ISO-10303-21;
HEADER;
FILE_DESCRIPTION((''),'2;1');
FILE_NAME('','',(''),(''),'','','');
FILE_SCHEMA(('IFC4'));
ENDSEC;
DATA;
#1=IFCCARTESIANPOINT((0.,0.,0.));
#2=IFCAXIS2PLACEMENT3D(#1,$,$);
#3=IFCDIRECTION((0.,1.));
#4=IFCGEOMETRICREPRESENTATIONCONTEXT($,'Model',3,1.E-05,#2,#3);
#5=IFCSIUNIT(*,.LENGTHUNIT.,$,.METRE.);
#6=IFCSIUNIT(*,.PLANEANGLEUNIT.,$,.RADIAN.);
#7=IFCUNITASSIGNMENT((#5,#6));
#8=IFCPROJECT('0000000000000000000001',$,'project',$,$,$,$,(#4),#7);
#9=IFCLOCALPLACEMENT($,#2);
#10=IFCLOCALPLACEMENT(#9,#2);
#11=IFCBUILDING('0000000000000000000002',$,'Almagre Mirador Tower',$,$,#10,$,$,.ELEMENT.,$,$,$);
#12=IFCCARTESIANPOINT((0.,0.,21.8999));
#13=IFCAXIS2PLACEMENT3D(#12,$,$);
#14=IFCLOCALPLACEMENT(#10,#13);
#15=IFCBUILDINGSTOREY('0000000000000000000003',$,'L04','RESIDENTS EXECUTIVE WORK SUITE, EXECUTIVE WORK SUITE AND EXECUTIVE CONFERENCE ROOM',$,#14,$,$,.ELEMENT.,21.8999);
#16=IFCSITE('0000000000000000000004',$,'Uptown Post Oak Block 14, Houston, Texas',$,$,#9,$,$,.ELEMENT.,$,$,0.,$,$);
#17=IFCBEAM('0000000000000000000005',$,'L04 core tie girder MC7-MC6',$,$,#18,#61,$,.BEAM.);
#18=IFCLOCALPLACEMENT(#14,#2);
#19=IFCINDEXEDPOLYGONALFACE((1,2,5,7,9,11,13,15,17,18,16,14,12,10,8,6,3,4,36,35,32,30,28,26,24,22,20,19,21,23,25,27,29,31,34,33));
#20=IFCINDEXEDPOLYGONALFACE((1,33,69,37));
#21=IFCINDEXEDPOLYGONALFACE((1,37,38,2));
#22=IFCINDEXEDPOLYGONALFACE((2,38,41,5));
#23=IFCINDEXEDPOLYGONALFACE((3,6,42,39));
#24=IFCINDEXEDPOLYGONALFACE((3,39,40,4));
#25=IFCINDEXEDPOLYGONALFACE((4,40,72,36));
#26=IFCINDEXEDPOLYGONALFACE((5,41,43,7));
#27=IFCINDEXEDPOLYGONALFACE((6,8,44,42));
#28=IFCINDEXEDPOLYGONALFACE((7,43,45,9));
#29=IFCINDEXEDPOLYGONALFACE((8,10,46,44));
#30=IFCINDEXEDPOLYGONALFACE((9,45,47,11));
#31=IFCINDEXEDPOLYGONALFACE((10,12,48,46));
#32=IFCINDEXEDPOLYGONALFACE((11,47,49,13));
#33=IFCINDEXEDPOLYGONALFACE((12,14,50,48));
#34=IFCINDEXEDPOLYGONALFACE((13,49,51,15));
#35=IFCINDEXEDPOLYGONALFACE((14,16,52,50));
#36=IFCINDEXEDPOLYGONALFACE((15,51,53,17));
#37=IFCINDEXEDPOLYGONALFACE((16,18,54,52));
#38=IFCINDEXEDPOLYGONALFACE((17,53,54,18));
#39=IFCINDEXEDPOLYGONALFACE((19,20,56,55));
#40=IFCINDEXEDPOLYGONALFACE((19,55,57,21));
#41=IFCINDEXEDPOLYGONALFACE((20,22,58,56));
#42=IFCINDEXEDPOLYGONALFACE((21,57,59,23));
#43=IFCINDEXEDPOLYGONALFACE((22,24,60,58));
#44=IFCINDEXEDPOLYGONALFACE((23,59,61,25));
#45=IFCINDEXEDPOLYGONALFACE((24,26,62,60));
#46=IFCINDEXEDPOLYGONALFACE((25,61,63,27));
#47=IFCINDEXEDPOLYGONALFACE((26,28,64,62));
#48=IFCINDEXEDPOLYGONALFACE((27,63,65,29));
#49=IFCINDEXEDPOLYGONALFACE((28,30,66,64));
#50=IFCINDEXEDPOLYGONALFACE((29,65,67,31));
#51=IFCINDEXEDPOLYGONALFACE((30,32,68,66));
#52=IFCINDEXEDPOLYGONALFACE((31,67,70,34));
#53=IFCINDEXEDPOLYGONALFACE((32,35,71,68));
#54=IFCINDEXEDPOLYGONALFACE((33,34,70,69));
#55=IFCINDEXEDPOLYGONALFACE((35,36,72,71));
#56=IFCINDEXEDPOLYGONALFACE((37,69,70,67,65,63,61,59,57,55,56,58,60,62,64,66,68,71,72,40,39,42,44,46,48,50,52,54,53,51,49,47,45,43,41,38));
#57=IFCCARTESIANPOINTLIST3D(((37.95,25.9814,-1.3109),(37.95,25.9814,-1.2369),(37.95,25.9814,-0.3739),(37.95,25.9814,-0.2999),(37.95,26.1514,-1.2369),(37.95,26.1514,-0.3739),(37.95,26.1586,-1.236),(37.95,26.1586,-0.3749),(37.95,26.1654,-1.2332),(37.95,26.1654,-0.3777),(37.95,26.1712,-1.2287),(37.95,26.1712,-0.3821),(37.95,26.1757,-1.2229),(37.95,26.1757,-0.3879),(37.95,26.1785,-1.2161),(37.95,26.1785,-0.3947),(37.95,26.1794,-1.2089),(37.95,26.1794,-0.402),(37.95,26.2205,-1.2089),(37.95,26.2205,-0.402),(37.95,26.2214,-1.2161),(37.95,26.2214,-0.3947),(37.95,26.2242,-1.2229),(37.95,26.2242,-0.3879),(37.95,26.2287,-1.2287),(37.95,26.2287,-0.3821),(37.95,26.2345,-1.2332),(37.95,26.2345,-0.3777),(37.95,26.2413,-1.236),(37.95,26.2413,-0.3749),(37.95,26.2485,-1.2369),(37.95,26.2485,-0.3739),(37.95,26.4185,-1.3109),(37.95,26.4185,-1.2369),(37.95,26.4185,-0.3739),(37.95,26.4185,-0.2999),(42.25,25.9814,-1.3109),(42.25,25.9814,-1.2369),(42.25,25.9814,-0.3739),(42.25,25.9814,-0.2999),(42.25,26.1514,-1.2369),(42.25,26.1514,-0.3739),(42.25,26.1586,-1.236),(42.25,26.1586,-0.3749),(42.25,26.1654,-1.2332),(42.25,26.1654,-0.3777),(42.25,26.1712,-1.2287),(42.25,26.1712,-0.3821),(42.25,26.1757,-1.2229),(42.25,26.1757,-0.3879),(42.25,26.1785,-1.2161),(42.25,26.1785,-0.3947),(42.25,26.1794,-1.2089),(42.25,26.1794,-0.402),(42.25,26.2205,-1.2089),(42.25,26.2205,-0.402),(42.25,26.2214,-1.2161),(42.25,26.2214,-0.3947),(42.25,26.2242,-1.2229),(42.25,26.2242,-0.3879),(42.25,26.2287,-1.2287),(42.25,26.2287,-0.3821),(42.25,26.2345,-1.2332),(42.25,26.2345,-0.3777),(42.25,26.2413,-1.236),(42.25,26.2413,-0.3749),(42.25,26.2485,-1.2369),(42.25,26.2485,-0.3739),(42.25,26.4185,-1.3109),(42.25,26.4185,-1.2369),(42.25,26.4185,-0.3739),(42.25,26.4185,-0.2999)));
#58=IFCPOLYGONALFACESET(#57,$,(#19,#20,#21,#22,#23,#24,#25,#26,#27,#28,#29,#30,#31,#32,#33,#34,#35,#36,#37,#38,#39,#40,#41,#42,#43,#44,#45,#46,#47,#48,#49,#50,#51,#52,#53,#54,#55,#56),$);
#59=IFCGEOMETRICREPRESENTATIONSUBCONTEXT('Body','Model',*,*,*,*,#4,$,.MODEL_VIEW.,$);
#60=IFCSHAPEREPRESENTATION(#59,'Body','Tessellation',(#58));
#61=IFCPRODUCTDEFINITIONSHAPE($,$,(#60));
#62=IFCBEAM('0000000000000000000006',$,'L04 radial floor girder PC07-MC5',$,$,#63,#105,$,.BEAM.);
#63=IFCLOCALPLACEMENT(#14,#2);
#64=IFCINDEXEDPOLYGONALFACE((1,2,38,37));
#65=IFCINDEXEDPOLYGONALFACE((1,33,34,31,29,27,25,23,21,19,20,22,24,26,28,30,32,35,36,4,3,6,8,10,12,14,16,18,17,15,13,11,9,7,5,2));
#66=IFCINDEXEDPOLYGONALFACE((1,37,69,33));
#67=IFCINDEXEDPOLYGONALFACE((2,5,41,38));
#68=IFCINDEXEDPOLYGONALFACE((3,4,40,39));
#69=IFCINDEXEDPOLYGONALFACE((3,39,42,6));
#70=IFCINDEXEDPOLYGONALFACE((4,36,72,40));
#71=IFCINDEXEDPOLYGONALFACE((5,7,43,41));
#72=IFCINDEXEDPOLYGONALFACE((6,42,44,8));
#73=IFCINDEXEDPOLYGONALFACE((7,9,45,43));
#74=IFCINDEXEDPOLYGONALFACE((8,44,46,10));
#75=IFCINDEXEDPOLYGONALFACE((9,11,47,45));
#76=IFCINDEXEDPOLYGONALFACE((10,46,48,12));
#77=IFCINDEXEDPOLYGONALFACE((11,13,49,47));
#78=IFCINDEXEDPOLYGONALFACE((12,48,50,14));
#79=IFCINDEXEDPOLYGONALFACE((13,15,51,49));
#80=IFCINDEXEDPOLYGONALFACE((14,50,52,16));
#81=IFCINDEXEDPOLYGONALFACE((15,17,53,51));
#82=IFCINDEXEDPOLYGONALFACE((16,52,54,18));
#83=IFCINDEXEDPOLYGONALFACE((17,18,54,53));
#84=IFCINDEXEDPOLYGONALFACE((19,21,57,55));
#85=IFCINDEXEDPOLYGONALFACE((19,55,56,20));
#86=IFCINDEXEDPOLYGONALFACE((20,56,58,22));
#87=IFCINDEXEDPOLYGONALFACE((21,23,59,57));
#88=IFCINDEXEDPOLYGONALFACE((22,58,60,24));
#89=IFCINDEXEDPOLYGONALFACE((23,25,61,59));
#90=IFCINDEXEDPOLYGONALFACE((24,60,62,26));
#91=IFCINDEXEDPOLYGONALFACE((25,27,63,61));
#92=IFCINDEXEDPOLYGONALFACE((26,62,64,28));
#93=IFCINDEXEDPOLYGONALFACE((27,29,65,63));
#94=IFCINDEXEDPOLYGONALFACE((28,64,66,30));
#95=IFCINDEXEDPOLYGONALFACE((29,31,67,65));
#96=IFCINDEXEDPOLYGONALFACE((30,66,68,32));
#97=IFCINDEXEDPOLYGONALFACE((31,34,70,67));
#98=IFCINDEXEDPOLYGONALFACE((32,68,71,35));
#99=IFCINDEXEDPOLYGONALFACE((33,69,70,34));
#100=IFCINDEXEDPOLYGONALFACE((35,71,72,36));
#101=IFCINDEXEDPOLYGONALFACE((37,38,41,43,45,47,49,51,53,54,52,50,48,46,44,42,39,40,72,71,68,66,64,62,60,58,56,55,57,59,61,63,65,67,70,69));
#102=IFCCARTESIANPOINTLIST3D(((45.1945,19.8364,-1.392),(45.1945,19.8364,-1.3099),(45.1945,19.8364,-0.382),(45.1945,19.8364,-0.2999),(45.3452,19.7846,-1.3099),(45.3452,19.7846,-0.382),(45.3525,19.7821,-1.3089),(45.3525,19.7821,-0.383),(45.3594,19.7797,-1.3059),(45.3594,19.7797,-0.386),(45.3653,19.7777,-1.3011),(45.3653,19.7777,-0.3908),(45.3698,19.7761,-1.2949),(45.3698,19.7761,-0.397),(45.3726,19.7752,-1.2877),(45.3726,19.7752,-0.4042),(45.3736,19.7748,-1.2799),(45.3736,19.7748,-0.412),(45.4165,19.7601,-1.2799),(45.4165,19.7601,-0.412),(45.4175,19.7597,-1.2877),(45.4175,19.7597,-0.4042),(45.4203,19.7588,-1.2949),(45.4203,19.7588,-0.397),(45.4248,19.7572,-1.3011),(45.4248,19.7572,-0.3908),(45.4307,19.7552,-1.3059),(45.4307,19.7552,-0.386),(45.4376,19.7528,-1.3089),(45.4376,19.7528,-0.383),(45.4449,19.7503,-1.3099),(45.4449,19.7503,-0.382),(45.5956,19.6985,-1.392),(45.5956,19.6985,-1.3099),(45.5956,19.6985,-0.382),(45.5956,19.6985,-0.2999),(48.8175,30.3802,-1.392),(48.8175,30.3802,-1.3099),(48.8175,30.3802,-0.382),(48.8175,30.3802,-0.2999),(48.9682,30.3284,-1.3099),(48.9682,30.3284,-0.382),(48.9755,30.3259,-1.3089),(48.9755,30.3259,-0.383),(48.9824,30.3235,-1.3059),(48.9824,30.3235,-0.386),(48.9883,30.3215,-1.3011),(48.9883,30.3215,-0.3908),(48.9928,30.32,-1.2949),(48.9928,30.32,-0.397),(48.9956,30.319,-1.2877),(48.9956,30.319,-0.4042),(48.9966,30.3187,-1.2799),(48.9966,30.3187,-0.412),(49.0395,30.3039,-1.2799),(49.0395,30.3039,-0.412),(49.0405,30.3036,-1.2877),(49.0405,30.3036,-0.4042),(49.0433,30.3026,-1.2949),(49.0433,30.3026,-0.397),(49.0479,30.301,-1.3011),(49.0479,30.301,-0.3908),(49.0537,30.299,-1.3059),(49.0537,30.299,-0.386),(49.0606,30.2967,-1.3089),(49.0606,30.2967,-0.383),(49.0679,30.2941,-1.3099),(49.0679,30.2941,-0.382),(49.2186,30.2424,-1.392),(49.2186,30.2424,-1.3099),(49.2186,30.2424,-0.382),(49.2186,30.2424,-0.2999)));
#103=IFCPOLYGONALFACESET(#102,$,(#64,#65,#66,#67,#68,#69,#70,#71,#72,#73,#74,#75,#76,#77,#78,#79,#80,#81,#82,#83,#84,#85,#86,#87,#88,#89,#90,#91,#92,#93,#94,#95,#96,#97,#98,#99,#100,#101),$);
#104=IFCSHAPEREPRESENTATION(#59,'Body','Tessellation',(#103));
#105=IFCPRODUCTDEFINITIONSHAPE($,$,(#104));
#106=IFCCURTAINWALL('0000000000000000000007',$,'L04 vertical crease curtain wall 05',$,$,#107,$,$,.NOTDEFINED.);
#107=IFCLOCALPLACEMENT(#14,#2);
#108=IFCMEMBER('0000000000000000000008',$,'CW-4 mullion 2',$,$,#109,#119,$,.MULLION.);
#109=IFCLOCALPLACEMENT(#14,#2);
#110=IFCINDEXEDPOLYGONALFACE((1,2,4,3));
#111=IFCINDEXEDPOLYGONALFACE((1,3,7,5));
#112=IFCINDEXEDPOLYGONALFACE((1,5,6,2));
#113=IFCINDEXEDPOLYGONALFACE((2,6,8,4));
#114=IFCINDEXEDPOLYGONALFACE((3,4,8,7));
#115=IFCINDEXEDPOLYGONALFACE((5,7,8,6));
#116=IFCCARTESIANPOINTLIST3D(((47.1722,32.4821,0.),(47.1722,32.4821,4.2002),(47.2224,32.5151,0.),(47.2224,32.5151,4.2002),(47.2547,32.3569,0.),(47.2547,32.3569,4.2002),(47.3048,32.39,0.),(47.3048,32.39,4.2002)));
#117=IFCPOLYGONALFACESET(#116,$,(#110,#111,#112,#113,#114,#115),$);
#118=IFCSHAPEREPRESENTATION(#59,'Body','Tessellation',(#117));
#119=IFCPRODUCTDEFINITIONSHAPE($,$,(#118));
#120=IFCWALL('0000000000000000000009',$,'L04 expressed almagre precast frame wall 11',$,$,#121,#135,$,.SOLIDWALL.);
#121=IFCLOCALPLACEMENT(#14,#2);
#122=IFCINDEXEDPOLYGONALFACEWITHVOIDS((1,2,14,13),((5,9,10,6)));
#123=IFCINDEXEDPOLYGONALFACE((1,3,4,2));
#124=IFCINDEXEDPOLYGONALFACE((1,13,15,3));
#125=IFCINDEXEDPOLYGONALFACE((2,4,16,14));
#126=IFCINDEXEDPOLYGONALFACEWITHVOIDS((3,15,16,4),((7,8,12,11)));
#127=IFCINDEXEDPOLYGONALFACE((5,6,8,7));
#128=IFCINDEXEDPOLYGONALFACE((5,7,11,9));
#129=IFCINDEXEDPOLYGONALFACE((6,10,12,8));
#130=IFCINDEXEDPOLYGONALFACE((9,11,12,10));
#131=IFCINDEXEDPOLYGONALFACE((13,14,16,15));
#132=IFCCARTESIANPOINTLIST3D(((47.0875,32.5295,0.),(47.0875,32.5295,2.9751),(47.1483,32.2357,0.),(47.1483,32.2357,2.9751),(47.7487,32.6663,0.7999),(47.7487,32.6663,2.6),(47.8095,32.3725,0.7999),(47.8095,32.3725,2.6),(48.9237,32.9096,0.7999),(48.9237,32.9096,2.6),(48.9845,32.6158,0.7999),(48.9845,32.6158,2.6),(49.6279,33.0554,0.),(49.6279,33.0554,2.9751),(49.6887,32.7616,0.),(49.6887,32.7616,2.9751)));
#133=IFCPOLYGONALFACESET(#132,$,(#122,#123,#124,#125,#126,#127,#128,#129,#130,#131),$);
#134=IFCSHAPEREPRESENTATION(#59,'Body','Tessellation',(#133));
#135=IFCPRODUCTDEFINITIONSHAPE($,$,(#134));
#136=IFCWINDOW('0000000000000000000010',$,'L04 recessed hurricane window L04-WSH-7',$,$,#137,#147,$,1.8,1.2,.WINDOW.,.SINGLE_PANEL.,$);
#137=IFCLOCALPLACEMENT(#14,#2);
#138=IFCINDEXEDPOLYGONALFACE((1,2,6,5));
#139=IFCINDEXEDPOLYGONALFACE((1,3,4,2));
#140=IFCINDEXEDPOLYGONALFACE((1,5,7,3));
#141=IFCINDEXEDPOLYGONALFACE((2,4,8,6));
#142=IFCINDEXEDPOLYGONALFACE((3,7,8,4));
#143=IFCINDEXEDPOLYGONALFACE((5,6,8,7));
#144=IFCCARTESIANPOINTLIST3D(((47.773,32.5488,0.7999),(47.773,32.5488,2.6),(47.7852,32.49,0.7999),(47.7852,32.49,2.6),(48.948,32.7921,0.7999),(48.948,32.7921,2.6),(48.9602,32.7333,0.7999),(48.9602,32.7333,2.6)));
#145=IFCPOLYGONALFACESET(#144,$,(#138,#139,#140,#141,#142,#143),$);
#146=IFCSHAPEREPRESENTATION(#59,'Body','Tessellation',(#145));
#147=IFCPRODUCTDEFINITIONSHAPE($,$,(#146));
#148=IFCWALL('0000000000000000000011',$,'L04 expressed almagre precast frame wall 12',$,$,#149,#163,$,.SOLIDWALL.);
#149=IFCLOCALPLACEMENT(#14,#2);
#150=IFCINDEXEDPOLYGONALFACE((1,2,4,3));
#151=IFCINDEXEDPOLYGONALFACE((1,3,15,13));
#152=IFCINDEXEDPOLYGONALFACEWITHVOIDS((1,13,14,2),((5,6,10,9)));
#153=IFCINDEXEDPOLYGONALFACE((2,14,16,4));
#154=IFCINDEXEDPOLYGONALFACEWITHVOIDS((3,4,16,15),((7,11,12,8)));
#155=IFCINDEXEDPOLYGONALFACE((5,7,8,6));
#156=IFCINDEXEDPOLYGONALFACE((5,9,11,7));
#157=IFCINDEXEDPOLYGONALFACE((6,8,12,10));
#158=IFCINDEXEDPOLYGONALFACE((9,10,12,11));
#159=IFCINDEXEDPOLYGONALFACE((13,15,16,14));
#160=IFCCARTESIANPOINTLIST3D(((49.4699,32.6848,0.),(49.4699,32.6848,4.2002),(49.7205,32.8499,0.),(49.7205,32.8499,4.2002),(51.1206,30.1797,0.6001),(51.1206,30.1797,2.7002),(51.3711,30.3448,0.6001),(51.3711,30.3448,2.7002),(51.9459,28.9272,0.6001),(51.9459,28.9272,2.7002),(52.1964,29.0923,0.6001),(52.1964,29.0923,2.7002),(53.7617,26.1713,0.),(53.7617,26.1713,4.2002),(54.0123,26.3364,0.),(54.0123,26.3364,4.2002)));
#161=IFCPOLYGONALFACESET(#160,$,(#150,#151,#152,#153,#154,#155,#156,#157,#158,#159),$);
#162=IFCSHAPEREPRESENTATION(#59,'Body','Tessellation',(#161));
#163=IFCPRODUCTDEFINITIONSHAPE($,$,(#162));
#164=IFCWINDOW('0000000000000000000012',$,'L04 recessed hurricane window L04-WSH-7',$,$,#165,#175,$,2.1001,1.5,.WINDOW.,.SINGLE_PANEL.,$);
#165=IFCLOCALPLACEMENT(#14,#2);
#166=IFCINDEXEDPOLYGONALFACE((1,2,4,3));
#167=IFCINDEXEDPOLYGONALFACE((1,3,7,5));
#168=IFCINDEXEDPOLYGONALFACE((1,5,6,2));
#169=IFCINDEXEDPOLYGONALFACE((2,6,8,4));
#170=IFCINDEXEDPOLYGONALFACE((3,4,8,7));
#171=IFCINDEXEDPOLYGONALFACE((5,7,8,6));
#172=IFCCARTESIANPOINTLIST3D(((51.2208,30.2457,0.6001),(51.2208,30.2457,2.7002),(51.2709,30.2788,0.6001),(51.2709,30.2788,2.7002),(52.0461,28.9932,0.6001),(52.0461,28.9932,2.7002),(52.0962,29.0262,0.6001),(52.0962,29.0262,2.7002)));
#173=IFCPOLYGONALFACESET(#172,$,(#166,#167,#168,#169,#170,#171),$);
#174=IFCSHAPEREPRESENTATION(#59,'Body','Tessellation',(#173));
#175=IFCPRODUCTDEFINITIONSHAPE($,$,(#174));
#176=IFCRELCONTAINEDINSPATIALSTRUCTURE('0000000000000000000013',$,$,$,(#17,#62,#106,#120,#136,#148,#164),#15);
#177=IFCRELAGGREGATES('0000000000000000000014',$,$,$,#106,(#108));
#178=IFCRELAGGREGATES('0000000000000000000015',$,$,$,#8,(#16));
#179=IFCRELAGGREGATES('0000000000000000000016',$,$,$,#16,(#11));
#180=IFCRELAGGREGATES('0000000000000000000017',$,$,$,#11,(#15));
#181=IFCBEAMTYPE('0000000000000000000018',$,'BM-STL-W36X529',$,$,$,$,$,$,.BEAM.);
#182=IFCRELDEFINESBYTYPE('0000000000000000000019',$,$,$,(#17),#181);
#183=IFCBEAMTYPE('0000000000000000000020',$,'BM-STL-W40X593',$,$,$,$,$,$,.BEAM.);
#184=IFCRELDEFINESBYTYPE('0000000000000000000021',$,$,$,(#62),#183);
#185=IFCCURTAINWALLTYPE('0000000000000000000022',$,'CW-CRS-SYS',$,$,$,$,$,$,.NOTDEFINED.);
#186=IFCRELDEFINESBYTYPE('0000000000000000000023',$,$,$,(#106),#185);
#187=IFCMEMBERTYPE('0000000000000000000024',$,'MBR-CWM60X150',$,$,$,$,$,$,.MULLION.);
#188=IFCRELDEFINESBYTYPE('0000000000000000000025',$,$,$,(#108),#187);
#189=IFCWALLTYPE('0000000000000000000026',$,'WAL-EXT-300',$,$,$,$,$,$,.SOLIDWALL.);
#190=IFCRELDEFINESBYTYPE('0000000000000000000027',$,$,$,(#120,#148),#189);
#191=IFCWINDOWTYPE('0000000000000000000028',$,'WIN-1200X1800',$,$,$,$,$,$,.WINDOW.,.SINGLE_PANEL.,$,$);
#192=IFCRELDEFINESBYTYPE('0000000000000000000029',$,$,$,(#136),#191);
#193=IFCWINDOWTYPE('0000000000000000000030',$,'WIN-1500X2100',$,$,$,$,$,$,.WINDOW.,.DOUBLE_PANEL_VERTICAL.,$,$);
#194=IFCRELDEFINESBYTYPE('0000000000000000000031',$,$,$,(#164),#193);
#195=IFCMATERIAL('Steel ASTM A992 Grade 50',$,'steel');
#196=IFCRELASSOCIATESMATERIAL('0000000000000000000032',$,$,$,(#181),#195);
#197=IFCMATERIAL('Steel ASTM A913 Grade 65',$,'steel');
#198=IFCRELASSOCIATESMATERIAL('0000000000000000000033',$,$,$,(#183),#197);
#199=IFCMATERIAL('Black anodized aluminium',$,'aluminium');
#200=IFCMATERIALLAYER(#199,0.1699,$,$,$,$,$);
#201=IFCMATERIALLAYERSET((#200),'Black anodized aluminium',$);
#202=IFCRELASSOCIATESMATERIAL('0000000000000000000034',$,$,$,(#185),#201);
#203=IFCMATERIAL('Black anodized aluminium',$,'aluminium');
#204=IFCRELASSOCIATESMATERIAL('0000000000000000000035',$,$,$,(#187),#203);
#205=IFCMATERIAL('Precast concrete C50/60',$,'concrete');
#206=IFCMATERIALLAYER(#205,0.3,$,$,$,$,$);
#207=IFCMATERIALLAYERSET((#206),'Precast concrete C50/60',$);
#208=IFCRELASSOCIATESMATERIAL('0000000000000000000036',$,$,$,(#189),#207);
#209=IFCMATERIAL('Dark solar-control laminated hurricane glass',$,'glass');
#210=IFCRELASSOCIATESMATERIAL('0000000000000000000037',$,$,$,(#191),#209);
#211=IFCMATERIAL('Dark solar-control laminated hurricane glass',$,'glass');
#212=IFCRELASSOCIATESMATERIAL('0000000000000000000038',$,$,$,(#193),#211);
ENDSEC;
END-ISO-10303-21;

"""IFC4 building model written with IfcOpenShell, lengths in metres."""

from ifc_helpers import new_model, si_unit, direction, frame, frame_2d, origin, origin_2d, place, context, subcontext, project, spatial, rectangle, i_section, extrude, material, layer, layer_set, material_profile, profile_set, type_object, element, fill, aggregate, save


model = new_model("IFC4")

# Units and contexts
model_context = context("Model", 3, precision=1e-05, world=origin(), true_north=direction((0.0, 1.0)))
body_context = subcontext(model_context, "Body", "Model", "MODEL_VIEW")
ifc_project = project(units=[si_unit("LENGTHUNIT", "METRE"), si_unit("PLANEANGLEUNIT", "RADIAN")], contexts=[model_context])

# Site, building, storey
site_placement = place(None, origin())
site = spatial("IfcSite", under=ifc_project, at=site_placement, Name="Uptown Post Oak Block 14, Houston, Texas", CompositionType="ELEMENT", RefElevation=0.0)
building_placement = place(site_placement, origin())
building = spatial("IfcBuilding", under=site, at=building_placement, Name="Almagre Mirador Tower", CompositionType="ELEMENT")
storey_placement = place(building_placement, frame((0.0, 0.0, 21.8999)))
storey = spatial("IfcBuildingStorey", under=building, at=storey_placement, Name="L04", Description="RESIDENTS EXECUTIVE WORK SUITE, EXECUTIVE WORK SUITE AND EXECUTIVE CONFERENCE ROOM", CompositionType="ELEMENT", Elevation=21.8999)

# Beams
ifc_material_1 = material(Name="Steel ASTM A992 Grade 50", Category="steel")
ifc_material_profile_1 = material_profile(ifc_material_1, i_section(OverallWidth=0.437, OverallDepth=1.011, WebThickness=0.041, FlangeThickness=0.074, FilletRadius=0.0281, at=origin_2d()), Name="W36X529")
ifc_profile_set_1 = profile_set([ifc_material_profile_1], Name="Steel ASTM A992 Grade 50")
beam_type_1 = type_object("IfcBeamType", Name="BM-STL-W36X529", PredefinedType="BEAM", material=ifc_profile_set_1)
beam_1_placement = place(storey_placement, frame((37.95, 26.2, -0.8054), z_axis=(1.0, 0.0, 0.0), x_axis=(0.0, 1.0, 0.0)))
element("IfcBeam", 1, at=beam_1_placement, inside=storey, type_object=beam_type_1, Name="L04 core tie girder MC7-MC6", PredefinedType="BEAM", context=body_context, shape_type="SweptSolid", body=[
    extrude(i_section(OverallWidth=0.437, OverallDepth=1.011, WebThickness=0.041, FlangeThickness=0.074, FilletRadius=0.0281, at=origin_2d()), origin(), (0.0, 0.0, 1.0), 4.3),
])
ifc_material_2 = material(Name="Steel ASTM A913 Grade 65", Category="steel")
ifc_material_profile_2 = material_profile(ifc_material_2, i_section(OverallWidth=0.4241, OverallDepth=1.092, WebThickness=0.0454, FlangeThickness=0.082, FilletRadius=0.03, at=origin_2d()), Name="W40X593")
ifc_profile_set_2 = profile_set([ifc_material_profile_2], Name="Steel ASTM A913 Grade 65")
beam_type_2 = type_object("IfcBeamType", Name="BM-STL-W40X593", PredefinedType="BEAM", material=ifc_profile_set_2)
beam_2_placement = place(storey_placement, frame((49.0181, 30.3113, -0.8459), z_axis=(-0.324965, -0.945726, 0.0), x_axis=(0.945726, -0.324965, 0.0)))
element("IfcBeam", 2, at=beam_2_placement, inside=storey, type_object=beam_type_2, Name="L04 radial floor girder PC07-MC5", PredefinedType="BEAM", context=body_context, shape_type="SweptSolid", body=[
    extrude(i_section(OverallWidth=0.4241, OverallDepth=1.092, WebThickness=0.0454, FlangeThickness=0.082, FilletRadius=0.03, at=origin_2d()), origin(), (0.0, 0.0, 1.0), 11.1489),
])

# Curtain wall, member
ifc_material_3 = material(Name="Black anodized aluminium", Category="aluminium")
ifc_layer_1 = layer(ifc_material_3, 0.1699)
ifc_layer_set_1 = layer_set([ifc_layer_1], Name="Black anodized aluminium")
curtain_wall_type = type_object("IfcCurtainWallType", Name="CW-CRS-SYS", PredefinedType="NOTDEFINED", material=ifc_layer_set_1)
curtain_wall_placement = place(storey_placement, origin())
curtain_wall = element("IfcCurtainWall", 3, at=curtain_wall_placement, inside=storey, type_object=curtain_wall_type, Name="L04 vertical crease curtain wall 05", PredefinedType="NOTDEFINED")
ifc_material_4 = material(Name="Black anodized aluminium", Category="aluminium")
ifc_material_profile_3 = material_profile(ifc_material_4, rectangle(XDim=0.0601, YDim=0.1499, at=origin_2d()), Name="CWM60X150")
ifc_profile_set_3 = profile_set([ifc_material_profile_3], Name="Black anodized aluminium")
member_type = type_object("IfcMemberType", Name="MBR-CWM60X150", PredefinedType="MULLION", material=ifc_profile_set_3)
member_placement = place(storey_placement, frame((47.2385, 32.436, 0.0), z_axis=(0.0, 0.0, 1.0), x_axis=(0.834983, 0.550275, 0.0)))
member = element("IfcMember", 4, at=member_placement, type_object=member_type, Name="CW-4 mullion 2", PredefinedType="MULLION", context=body_context, shape_type="SweptSolid", body=[
    extrude(rectangle(XDim=0.0601, YDim=0.1499, at=origin_2d()), origin(), (0.0, 0.0, 1.0), 4.2002),
])
aggregate(curtain_wall, [member])

# Walls, openings, windows
ifc_material_5 = material(Name="Precast concrete C50/60", Category="concrete")
ifc_layer_2 = layer(ifc_material_5, 0.3)
ifc_layer_set_2 = layer_set([ifc_layer_2], Name="Precast concrete C50/60")
wall_type_1 = type_object("IfcWallType", Name="WAL-EXT-300", PredefinedType="SOLIDWALL", material=ifc_layer_set_2)
wall_1_placement = place(storey_placement, frame((47.1179, 32.3826, 0.0), z_axis=(0.0, 0.0, 1.0), x_axis=(0.979237, 0.202718, 0.0)))
wall_1 = element("IfcWall", 5, at=wall_1_placement, inside=storey, type_object=wall_type_1, Name="L04 expressed almagre precast frame wall 11", PredefinedType="SOLIDWALL", context=body_context, shape_type="SweptSolid", body=[
    extrude(rectangle(XDim=2.5942, YDim=0.3, at=frame_2d((1.2971, 0.0))), origin(), (0.0, 0.0, 1.0), 2.9751),
])
opening_1_placement = place(wall_1_placement, frame((0.675, 0.0, 0.8)))
opening_1 = element("IfcOpeningElement", 6, at=opening_1_placement, cuts=wall_1, PredefinedType="OPENING", context=body_context, shape_type="SweptSolid", body=[
    extrude(rectangle(XDim=1.2, YDim=1.8, at=frame_2d((0.6001, 0.8999))), frame((0.0, 0.1599, 0.0), z_axis=(0.0, -1.0, 0.0), x_axis=(1.0, 0.0, 0.0)), (0.0, 0.0, 1.0), 0.32),
])
ifc_material_6 = material(Name="Dark solar-control laminated hurricane glass", Category="glass")
window_type_1 = type_object("IfcWindowType", Name="WIN-1200X1800", PartitioningType="SINGLE_PANEL", PredefinedType="WINDOW", material=ifc_material_6)
window_1_placement = place(opening_1_placement, origin())
window_1 = element("IfcWindow", 7, at=window_1_placement, inside=storey, type_object=window_type_1, Name="L04 recessed hurricane window L04-WSH-7", OverallHeight=1.8, OverallWidth=1.2, PartitioningType="SINGLE_PANEL", PredefinedType="WINDOW", context=body_context, shape_type="SweptSolid", body=[
    extrude(rectangle(XDim=1.2, YDim=1.8, at=frame_2d((0.6001, 0.8999))), frame((0.0, 0.03, 0.0), z_axis=(0.0, -1.0, 0.0), x_axis=(1.0, 0.0, 0.0)), (0.0, 0.0, 1.0), 0.0601),
])
fill(opening_1, window_1)
wall_2_placement = place(storey_placement, frame((49.5952, 32.7673, 0.0), z_axis=(0.0, 0.0, 1.0), x_axis=(0.550207, -0.835028, 0.0)))
wall_2 = element("IfcWall", 8, at=wall_2_placement, inside=storey, type_object=wall_type_1, Name="L04 expressed almagre precast frame wall 12", PredefinedType="SOLIDWALL", context=body_context, shape_type="SweptSolid", body=[
    extrude(rectangle(XDim=7.8003, YDim=0.3, at=frame_2d((3.9001, 0.0))), origin(), (0.0, 0.0, 1.0), 4.2002),
])
opening_2_placement = place(wall_2_placement, frame((3.0, 0.0, 0.6001)))
opening_2 = element("IfcOpeningElement", 9, at=opening_2_placement, cuts=wall_2, PredefinedType="OPENING", context=body_context, shape_type="SweptSolid", body=[
    extrude(rectangle(XDim=1.5, YDim=2.1001, at=frame_2d((0.75, 1.05))), frame((0.0, 0.1599, 0.0), z_axis=(0.0, -1.0, 0.0), x_axis=(1.0, 0.0, 0.0)), (0.0, 0.0, 1.0), 0.32),
])
ifc_material_7 = material(Name="Dark solar-control laminated hurricane glass", Category="glass")
window_type_2 = type_object("IfcWindowType", Name="WIN-1500X2100", PartitioningType="DOUBLE_PANEL_VERTICAL", PredefinedType="WINDOW", material=ifc_material_7)
window_2_placement = place(opening_2_placement, origin())
window_2 = element("IfcWindow", 10, at=window_2_placement, inside=storey, type_object=window_type_2, Name="L04 recessed hurricane window L04-WSH-7", OverallHeight=2.1001, OverallWidth=1.5, PartitioningType="SINGLE_PANEL", PredefinedType="WINDOW", context=body_context, shape_type="SweptSolid", body=[
    extrude(rectangle(XDim=1.5, YDim=2.1001, at=frame_2d((0.75, 1.05))), frame((0.0, 0.03, 0.0), z_axis=(0.0, -1.0, 0.0), x_axis=(1.0, 0.0, 0.0)), (0.0, 0.0, 1.0), 0.0601),
])
fill(opening_2, window_2)

save(model, "model.ifc")
